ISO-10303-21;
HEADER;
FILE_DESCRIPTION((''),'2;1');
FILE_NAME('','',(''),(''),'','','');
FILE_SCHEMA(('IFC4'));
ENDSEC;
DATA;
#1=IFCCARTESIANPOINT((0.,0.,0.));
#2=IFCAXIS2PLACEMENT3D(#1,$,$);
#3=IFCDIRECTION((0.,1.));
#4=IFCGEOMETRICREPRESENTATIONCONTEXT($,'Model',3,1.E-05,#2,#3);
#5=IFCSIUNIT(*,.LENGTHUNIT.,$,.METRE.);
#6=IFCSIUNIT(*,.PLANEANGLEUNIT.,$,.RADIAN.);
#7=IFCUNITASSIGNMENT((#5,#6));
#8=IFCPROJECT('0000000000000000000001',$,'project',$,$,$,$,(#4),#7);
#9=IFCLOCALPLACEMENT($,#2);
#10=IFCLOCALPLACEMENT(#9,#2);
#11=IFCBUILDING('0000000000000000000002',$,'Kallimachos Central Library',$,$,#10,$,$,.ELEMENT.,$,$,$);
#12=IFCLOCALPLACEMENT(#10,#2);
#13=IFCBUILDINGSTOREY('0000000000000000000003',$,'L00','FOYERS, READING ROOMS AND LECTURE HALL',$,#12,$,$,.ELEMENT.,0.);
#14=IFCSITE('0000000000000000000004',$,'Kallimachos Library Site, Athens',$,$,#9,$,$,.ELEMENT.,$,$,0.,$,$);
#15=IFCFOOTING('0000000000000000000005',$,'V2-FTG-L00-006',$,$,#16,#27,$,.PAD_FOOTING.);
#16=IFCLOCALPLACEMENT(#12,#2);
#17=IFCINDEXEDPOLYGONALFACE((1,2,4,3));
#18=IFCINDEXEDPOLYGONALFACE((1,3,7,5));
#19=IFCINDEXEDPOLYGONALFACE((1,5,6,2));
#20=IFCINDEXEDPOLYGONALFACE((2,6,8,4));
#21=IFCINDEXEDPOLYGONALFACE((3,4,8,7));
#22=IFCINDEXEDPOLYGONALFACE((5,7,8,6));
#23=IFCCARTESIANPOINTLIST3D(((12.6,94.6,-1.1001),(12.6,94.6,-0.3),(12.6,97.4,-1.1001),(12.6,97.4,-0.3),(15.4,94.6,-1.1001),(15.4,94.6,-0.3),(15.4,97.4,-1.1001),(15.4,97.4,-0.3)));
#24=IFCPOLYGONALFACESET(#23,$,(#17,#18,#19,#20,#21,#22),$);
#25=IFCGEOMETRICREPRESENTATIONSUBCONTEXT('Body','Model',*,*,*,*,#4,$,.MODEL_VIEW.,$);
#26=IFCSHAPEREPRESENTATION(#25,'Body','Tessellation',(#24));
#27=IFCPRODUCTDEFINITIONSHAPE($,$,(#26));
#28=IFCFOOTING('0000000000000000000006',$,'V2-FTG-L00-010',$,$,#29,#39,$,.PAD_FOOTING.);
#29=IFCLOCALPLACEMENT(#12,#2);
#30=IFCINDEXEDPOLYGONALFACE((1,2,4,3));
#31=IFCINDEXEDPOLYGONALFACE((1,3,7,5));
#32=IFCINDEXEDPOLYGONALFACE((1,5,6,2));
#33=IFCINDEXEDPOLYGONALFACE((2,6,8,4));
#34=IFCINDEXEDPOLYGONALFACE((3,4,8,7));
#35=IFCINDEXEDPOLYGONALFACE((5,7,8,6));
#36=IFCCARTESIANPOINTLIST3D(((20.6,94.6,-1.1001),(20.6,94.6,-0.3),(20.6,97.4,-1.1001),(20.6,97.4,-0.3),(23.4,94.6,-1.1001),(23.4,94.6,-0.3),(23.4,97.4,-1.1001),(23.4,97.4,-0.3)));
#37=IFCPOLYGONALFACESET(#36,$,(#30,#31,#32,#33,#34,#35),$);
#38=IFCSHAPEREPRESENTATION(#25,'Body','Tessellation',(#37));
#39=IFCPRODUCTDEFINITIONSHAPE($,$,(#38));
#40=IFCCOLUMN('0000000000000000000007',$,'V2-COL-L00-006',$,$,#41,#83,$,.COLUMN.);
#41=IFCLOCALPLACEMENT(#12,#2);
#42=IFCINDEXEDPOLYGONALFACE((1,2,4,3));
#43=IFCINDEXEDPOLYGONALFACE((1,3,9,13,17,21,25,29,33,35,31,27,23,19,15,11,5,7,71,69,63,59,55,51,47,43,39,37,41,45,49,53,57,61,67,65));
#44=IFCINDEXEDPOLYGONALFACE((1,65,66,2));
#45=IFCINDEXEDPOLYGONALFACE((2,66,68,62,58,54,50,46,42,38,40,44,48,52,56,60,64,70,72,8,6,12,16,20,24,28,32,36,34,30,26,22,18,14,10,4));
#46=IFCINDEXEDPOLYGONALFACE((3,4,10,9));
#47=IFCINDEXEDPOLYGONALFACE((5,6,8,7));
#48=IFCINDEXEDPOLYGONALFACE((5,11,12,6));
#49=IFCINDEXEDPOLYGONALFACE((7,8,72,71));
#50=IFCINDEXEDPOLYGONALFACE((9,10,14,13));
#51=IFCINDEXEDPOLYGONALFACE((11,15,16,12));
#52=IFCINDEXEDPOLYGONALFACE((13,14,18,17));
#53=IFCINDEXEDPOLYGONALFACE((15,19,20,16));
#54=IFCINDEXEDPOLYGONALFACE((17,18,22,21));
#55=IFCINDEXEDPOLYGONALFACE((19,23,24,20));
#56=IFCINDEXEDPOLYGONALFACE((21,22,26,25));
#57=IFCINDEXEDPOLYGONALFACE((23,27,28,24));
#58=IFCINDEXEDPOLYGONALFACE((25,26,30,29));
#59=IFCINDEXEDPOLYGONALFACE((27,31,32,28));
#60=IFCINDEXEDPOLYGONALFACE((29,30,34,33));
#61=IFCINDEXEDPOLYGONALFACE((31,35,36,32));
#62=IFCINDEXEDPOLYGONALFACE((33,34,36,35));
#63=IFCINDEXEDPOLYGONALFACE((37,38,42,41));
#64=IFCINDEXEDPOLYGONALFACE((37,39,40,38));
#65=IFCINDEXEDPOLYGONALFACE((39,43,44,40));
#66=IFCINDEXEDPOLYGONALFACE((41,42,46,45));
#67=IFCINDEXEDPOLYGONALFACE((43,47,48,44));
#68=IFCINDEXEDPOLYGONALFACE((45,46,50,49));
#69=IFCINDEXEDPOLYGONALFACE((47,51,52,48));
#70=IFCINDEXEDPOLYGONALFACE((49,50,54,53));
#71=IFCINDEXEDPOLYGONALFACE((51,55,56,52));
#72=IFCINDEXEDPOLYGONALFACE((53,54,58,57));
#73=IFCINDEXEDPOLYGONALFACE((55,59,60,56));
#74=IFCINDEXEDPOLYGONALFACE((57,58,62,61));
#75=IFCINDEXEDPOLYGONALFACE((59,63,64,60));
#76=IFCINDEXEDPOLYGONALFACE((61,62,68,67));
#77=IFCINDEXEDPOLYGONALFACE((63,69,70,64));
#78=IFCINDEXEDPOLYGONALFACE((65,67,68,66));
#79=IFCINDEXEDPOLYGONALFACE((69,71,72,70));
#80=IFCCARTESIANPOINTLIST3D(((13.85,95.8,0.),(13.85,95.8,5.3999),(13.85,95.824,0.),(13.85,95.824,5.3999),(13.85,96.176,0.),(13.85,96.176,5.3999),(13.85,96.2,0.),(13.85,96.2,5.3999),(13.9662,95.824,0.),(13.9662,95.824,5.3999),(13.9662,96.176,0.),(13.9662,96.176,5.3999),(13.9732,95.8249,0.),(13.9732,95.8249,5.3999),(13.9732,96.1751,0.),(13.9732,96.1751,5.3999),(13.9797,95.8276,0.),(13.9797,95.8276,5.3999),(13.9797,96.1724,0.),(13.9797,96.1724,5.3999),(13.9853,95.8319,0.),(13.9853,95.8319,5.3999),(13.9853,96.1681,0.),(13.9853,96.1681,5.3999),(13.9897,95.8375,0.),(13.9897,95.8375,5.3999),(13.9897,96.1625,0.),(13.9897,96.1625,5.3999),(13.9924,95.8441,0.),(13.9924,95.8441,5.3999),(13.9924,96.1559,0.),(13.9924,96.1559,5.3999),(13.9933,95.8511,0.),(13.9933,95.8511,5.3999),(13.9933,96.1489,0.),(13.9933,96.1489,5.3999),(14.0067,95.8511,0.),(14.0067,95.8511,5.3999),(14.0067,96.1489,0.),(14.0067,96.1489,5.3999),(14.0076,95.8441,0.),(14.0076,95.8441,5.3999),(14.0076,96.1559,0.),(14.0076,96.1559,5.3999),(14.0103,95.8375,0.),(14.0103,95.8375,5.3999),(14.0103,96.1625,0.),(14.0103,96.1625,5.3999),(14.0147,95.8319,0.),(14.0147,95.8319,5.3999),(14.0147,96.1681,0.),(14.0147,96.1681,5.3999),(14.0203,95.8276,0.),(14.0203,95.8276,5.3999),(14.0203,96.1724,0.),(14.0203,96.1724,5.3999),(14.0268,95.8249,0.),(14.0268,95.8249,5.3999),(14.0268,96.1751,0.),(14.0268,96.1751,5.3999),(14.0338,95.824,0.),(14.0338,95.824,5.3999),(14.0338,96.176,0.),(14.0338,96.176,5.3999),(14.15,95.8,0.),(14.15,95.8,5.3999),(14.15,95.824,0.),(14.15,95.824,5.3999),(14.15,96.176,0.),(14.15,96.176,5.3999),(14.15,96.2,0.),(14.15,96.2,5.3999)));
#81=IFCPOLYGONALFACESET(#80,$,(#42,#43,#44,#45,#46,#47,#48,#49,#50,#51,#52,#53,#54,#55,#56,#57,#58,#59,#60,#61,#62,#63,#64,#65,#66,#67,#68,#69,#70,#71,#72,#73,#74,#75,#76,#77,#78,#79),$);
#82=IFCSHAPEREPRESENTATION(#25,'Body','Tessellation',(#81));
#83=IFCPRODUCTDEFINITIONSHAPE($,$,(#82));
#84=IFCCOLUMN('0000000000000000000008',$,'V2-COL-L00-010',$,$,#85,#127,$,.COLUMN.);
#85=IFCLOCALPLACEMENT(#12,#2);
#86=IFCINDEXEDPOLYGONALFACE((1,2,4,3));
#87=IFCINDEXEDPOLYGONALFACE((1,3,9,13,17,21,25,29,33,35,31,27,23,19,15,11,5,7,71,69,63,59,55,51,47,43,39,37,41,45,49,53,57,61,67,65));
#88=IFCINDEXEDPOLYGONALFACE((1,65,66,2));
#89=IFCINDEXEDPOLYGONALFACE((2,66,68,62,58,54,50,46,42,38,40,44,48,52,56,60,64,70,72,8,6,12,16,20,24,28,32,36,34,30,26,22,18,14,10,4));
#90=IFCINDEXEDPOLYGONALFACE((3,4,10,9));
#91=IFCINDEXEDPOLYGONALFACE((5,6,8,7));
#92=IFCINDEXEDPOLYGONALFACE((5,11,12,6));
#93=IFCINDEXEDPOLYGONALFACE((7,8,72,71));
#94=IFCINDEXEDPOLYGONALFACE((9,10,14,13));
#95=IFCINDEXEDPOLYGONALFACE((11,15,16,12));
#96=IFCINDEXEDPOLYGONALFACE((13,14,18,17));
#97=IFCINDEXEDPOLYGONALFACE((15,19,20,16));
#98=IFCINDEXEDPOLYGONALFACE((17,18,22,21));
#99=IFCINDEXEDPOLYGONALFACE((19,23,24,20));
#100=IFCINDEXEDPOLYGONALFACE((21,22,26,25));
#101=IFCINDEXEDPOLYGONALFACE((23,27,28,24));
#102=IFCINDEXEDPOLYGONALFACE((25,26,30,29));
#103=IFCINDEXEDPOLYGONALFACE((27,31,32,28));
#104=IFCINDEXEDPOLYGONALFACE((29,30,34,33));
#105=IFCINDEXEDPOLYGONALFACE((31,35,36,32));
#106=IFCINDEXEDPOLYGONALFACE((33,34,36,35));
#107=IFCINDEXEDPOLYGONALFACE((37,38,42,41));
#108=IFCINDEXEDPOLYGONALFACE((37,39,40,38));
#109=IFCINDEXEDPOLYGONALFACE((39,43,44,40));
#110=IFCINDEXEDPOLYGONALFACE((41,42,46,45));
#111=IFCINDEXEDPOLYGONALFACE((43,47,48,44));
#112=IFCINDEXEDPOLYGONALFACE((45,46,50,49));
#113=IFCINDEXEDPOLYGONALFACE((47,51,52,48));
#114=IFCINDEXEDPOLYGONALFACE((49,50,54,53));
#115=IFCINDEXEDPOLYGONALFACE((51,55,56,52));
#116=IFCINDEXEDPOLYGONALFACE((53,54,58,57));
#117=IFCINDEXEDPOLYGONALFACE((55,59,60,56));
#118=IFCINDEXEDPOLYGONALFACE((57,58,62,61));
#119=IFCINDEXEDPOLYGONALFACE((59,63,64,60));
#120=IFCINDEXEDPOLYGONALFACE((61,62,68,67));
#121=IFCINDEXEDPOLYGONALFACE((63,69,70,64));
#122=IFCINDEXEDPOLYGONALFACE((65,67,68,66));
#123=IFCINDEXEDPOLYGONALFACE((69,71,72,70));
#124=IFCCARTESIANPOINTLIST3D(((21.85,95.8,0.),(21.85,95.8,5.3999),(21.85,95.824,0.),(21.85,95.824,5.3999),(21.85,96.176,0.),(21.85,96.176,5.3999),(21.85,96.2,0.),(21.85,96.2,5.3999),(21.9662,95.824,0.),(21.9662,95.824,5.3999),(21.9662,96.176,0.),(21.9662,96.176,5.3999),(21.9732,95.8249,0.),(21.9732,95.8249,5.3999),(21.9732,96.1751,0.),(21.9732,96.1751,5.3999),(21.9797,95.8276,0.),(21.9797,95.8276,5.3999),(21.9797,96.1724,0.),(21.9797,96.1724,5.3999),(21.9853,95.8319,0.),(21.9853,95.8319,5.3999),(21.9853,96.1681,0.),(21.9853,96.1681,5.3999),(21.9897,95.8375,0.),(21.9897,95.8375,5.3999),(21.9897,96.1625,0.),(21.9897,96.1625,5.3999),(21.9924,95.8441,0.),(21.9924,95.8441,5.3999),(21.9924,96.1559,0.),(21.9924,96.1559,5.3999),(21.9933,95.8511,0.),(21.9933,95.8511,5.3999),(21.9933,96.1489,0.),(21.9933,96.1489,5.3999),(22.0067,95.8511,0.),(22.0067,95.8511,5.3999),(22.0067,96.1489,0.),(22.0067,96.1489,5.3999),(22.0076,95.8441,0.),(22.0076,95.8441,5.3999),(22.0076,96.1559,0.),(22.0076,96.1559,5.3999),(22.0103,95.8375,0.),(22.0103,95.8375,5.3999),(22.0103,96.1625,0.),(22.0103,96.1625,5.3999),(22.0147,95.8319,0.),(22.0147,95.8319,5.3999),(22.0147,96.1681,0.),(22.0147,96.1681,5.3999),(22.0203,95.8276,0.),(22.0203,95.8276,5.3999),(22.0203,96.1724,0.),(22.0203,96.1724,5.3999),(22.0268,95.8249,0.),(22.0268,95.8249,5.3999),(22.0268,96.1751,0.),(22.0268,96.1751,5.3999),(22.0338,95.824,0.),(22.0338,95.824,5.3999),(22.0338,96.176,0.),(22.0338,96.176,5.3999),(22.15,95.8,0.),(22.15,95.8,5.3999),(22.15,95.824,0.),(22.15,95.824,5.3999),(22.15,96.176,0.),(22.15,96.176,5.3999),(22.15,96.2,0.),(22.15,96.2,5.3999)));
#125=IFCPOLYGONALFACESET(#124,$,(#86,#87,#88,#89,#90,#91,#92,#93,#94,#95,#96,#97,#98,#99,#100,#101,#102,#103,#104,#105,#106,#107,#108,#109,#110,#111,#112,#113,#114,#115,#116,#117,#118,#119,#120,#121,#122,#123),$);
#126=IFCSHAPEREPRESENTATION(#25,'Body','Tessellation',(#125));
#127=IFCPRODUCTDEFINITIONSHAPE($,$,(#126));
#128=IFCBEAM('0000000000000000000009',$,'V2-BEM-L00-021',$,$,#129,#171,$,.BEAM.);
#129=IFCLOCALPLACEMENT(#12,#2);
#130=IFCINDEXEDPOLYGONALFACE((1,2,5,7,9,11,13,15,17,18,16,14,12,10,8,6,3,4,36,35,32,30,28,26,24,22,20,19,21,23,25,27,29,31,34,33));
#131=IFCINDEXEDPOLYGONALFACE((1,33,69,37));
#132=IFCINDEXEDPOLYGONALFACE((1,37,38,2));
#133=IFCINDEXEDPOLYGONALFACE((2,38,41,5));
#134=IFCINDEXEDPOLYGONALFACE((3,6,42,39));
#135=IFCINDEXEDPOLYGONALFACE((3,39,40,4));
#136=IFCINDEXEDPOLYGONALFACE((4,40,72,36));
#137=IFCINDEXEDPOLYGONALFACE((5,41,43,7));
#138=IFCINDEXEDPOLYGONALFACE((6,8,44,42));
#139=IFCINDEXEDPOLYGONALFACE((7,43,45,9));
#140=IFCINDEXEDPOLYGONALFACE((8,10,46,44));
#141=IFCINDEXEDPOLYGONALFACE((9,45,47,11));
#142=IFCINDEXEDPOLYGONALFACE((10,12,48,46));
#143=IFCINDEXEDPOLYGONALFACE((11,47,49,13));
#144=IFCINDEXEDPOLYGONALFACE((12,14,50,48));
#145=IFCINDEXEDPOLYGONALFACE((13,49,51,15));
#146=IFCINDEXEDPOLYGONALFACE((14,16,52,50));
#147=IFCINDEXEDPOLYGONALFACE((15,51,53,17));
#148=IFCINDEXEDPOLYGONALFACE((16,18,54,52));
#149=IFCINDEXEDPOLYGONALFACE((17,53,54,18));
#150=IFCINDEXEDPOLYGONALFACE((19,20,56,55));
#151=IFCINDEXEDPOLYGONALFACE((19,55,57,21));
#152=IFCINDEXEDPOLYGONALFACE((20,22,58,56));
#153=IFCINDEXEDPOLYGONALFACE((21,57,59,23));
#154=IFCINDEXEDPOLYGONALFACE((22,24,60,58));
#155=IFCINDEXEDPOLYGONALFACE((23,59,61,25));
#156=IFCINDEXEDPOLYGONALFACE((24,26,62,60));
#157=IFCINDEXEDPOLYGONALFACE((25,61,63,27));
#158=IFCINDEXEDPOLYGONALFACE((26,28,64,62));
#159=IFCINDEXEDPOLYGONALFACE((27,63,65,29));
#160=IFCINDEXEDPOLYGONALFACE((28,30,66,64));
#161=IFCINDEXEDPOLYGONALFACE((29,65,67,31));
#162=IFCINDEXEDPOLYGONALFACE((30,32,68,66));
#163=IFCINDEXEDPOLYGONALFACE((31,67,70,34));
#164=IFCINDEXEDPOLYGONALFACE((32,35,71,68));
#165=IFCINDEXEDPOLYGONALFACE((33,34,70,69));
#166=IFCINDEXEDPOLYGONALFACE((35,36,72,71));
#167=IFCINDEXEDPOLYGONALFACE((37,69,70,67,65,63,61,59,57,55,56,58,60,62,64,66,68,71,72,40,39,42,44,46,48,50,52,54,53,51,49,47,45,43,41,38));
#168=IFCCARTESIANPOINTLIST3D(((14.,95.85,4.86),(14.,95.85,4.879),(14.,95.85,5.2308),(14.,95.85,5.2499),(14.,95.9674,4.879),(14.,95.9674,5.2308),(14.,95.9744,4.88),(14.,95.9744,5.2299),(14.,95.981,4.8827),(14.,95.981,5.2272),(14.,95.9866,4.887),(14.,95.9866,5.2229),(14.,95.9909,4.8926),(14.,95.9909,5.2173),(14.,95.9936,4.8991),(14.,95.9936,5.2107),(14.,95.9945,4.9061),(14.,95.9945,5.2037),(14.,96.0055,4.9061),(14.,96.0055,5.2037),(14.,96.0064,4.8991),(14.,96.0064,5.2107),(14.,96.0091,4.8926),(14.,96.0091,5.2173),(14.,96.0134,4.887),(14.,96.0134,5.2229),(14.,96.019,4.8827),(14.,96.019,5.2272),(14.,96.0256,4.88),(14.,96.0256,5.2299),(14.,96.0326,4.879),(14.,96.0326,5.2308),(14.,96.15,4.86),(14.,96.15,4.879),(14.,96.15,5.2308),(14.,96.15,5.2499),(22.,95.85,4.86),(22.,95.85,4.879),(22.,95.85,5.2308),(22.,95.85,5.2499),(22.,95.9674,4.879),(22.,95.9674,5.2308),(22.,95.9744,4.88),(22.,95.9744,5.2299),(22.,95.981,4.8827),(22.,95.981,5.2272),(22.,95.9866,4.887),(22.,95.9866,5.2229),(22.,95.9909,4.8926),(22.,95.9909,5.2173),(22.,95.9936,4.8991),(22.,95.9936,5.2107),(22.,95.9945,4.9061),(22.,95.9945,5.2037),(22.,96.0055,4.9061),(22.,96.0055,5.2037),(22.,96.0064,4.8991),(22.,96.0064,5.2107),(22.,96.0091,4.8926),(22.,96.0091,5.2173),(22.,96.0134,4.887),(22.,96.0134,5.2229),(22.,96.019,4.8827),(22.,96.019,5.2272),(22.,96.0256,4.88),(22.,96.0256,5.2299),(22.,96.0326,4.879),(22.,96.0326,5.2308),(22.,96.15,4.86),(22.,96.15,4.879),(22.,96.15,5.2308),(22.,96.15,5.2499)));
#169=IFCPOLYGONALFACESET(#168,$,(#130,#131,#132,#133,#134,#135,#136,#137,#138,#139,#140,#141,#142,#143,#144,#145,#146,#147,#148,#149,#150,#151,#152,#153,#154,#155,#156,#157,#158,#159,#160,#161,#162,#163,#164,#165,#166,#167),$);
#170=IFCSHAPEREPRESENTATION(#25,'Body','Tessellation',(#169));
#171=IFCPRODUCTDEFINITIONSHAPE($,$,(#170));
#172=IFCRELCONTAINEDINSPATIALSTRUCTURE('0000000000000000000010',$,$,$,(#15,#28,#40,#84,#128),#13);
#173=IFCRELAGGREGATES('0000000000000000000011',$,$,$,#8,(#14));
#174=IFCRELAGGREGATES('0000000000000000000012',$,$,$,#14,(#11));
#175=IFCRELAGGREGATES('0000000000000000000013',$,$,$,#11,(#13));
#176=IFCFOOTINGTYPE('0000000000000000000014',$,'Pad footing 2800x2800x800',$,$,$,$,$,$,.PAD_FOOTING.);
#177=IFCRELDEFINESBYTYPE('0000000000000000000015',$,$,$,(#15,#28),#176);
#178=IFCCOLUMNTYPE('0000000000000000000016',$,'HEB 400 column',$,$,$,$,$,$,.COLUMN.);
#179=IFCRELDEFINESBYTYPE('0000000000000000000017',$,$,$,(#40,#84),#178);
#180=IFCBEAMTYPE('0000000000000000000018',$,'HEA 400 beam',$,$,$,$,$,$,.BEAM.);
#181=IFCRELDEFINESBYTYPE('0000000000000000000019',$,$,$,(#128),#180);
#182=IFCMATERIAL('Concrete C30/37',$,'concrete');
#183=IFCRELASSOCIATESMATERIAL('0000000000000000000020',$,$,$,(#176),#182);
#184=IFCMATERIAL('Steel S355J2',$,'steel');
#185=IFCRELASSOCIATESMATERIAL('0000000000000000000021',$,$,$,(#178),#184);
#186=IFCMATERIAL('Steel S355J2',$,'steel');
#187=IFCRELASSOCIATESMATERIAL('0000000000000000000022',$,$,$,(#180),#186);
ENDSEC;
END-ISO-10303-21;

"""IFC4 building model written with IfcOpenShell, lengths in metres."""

from ifc_helpers import new_model, si_unit, direction, frame, origin, origin_2d, place, context, subcontext, project, spatial, rectangle, i_section, extrude, material, material_profile, profile_set, type_object, element, save


model = new_model("IFC4")

# Units and contexts
model_context = context("Model", 3, precision=1e-05, world=origin(), true_north=direction((0.0, 1.0)))
body_context = subcontext(model_context, "Body", "Model", "MODEL_VIEW")
ifc_project = project(units=[si_unit("LENGTHUNIT", "METRE"), si_unit("PLANEANGLEUNIT", "RADIAN")], contexts=[model_context])

# Site, building, storey
site_placement = place(None, origin())
site = spatial("IfcSite", under=ifc_project, at=site_placement, Name="Kallimachos Library Site, Athens", CompositionType="ELEMENT", RefElevation=0.0)
building_placement = place(site_placement, origin())
building = spatial("IfcBuilding", under=site, at=building_placement, Name="Kallimachos Central Library", CompositionType="ELEMENT")
storey_placement = place(building_placement, origin())
storey = spatial("IfcBuildingStorey", under=building, at=storey_placement, Name="L00", Description="FOYERS, READING ROOMS AND LECTURE HALL", CompositionType="ELEMENT", Elevation=0.0)

# Footings
ifc_material_1 = material(Name="Concrete C30/37", Category="concrete")
footing_type = type_object("IfcFootingType", Name="Pad footing 2800x2800x800", PredefinedType="PAD_FOOTING", material=ifc_material_1)
for number, where, z_axis, x_axis, name in (
    (1, (14.0, 96.0, -1.1001), (0.0, 0.0, 1.0), (1.0, 0.0, 0.0), "V2-FTG-L00-006"),
    (2, (22.0, 96.0, -1.1001), (0.0, 0.0, 1.0), (1.0, 0.0, 0.0), "V2-FTG-L00-010"),
):
    element("IfcFooting", number, at=place(storey_placement, frame(where, z_axis=z_axis, x_axis=x_axis)), inside=storey, type_object=footing_type, Name=name, PredefinedType="PAD_FOOTING", context=body_context, shape_type="SweptSolid", body=[
        extrude(rectangle(XDim=2.8, YDim=2.8, at=origin_2d()), origin(), (0.0, 0.0, 1.0), 0.8),
    ])

# Columns
ifc_material_2 = material(Name="Steel S355J2", Category="steel")
ifc_material_profile_1 = material_profile(ifc_material_2, i_section(OverallWidth=0.3, OverallDepth=0.3999, WebThickness=0.0134, FlangeThickness=0.0239, FilletRadius=0.0271, at=origin_2d()), Name="HEB 400")
ifc_profile_set_1 = profile_set([ifc_material_profile_1], Name="Steel S355J2")
column_type = type_object("IfcColumnType", Name="HEB 400 column", PredefinedType="COLUMN", material=ifc_profile_set_1)
for number, where, z_axis, x_axis, name in (
    (3, (14.0, 96.0, 0.0), (0.0, 0.0, 1.0), (1.0, 0.0, 0.0), "V2-COL-L00-006"),
    (4, (22.0, 96.0, 0.0), (0.0, 0.0, 1.0), (1.0, 0.0, 0.0), "V2-COL-L00-010"),
):
    element("IfcColumn", number, at=place(storey_placement, frame(where, z_axis=z_axis, x_axis=x_axis)), inside=storey, type_object=column_type, Name=name, PredefinedType="COLUMN", context=body_context, shape_type="SweptSolid", body=[
        extrude(i_section(OverallWidth=0.3, OverallDepth=0.3999, WebThickness=0.0134, FlangeThickness=0.0239, FilletRadius=0.0271, at=origin_2d()), origin(), (0.0, 0.0, 1.0), 5.3999),
    ])

# Beam
ifc_material_3 = material(Name="Steel S355J2", Category="steel")
ifc_material_profile_2 = material_profile(ifc_material_3, i_section(OverallWidth=0.3, OverallDepth=0.3899, WebThickness=0.011, FlangeThickness=0.019, FilletRadius=0.0271, at=origin_2d()), Name="HEA 400")
ifc_profile_set_2 = profile_set([ifc_material_profile_2], Name="Steel S355J2")
beam_type_1 = type_object("IfcBeamType", Name="HEA 400 beam", PredefinedType="BEAM", material=ifc_profile_set_2)
for number, where, z_axis, x_axis, name in (
    (5, (14.0, 96.0, 5.0549), (1.0, 0.0, 0.0), (0.0, 1.0, 0.0), "V2-BEM-L00-021"),
):
    element("IfcBeam", number, at=place(storey_placement, frame(where, z_axis=z_axis, x_axis=x_axis)), inside=storey, type_object=beam_type_1, Name=name, PredefinedType="BEAM", context=body_context, shape_type="SweptSolid", body=[
        extrude(i_section(OverallWidth=0.3, OverallDepth=0.3899, WebThickness=0.011, FlangeThickness=0.019, FilletRadius=0.0271, at=origin_2d()), origin(), (0.0, 0.0, 1.0), 8.0),
    ])

save(model, "model.ifc")
